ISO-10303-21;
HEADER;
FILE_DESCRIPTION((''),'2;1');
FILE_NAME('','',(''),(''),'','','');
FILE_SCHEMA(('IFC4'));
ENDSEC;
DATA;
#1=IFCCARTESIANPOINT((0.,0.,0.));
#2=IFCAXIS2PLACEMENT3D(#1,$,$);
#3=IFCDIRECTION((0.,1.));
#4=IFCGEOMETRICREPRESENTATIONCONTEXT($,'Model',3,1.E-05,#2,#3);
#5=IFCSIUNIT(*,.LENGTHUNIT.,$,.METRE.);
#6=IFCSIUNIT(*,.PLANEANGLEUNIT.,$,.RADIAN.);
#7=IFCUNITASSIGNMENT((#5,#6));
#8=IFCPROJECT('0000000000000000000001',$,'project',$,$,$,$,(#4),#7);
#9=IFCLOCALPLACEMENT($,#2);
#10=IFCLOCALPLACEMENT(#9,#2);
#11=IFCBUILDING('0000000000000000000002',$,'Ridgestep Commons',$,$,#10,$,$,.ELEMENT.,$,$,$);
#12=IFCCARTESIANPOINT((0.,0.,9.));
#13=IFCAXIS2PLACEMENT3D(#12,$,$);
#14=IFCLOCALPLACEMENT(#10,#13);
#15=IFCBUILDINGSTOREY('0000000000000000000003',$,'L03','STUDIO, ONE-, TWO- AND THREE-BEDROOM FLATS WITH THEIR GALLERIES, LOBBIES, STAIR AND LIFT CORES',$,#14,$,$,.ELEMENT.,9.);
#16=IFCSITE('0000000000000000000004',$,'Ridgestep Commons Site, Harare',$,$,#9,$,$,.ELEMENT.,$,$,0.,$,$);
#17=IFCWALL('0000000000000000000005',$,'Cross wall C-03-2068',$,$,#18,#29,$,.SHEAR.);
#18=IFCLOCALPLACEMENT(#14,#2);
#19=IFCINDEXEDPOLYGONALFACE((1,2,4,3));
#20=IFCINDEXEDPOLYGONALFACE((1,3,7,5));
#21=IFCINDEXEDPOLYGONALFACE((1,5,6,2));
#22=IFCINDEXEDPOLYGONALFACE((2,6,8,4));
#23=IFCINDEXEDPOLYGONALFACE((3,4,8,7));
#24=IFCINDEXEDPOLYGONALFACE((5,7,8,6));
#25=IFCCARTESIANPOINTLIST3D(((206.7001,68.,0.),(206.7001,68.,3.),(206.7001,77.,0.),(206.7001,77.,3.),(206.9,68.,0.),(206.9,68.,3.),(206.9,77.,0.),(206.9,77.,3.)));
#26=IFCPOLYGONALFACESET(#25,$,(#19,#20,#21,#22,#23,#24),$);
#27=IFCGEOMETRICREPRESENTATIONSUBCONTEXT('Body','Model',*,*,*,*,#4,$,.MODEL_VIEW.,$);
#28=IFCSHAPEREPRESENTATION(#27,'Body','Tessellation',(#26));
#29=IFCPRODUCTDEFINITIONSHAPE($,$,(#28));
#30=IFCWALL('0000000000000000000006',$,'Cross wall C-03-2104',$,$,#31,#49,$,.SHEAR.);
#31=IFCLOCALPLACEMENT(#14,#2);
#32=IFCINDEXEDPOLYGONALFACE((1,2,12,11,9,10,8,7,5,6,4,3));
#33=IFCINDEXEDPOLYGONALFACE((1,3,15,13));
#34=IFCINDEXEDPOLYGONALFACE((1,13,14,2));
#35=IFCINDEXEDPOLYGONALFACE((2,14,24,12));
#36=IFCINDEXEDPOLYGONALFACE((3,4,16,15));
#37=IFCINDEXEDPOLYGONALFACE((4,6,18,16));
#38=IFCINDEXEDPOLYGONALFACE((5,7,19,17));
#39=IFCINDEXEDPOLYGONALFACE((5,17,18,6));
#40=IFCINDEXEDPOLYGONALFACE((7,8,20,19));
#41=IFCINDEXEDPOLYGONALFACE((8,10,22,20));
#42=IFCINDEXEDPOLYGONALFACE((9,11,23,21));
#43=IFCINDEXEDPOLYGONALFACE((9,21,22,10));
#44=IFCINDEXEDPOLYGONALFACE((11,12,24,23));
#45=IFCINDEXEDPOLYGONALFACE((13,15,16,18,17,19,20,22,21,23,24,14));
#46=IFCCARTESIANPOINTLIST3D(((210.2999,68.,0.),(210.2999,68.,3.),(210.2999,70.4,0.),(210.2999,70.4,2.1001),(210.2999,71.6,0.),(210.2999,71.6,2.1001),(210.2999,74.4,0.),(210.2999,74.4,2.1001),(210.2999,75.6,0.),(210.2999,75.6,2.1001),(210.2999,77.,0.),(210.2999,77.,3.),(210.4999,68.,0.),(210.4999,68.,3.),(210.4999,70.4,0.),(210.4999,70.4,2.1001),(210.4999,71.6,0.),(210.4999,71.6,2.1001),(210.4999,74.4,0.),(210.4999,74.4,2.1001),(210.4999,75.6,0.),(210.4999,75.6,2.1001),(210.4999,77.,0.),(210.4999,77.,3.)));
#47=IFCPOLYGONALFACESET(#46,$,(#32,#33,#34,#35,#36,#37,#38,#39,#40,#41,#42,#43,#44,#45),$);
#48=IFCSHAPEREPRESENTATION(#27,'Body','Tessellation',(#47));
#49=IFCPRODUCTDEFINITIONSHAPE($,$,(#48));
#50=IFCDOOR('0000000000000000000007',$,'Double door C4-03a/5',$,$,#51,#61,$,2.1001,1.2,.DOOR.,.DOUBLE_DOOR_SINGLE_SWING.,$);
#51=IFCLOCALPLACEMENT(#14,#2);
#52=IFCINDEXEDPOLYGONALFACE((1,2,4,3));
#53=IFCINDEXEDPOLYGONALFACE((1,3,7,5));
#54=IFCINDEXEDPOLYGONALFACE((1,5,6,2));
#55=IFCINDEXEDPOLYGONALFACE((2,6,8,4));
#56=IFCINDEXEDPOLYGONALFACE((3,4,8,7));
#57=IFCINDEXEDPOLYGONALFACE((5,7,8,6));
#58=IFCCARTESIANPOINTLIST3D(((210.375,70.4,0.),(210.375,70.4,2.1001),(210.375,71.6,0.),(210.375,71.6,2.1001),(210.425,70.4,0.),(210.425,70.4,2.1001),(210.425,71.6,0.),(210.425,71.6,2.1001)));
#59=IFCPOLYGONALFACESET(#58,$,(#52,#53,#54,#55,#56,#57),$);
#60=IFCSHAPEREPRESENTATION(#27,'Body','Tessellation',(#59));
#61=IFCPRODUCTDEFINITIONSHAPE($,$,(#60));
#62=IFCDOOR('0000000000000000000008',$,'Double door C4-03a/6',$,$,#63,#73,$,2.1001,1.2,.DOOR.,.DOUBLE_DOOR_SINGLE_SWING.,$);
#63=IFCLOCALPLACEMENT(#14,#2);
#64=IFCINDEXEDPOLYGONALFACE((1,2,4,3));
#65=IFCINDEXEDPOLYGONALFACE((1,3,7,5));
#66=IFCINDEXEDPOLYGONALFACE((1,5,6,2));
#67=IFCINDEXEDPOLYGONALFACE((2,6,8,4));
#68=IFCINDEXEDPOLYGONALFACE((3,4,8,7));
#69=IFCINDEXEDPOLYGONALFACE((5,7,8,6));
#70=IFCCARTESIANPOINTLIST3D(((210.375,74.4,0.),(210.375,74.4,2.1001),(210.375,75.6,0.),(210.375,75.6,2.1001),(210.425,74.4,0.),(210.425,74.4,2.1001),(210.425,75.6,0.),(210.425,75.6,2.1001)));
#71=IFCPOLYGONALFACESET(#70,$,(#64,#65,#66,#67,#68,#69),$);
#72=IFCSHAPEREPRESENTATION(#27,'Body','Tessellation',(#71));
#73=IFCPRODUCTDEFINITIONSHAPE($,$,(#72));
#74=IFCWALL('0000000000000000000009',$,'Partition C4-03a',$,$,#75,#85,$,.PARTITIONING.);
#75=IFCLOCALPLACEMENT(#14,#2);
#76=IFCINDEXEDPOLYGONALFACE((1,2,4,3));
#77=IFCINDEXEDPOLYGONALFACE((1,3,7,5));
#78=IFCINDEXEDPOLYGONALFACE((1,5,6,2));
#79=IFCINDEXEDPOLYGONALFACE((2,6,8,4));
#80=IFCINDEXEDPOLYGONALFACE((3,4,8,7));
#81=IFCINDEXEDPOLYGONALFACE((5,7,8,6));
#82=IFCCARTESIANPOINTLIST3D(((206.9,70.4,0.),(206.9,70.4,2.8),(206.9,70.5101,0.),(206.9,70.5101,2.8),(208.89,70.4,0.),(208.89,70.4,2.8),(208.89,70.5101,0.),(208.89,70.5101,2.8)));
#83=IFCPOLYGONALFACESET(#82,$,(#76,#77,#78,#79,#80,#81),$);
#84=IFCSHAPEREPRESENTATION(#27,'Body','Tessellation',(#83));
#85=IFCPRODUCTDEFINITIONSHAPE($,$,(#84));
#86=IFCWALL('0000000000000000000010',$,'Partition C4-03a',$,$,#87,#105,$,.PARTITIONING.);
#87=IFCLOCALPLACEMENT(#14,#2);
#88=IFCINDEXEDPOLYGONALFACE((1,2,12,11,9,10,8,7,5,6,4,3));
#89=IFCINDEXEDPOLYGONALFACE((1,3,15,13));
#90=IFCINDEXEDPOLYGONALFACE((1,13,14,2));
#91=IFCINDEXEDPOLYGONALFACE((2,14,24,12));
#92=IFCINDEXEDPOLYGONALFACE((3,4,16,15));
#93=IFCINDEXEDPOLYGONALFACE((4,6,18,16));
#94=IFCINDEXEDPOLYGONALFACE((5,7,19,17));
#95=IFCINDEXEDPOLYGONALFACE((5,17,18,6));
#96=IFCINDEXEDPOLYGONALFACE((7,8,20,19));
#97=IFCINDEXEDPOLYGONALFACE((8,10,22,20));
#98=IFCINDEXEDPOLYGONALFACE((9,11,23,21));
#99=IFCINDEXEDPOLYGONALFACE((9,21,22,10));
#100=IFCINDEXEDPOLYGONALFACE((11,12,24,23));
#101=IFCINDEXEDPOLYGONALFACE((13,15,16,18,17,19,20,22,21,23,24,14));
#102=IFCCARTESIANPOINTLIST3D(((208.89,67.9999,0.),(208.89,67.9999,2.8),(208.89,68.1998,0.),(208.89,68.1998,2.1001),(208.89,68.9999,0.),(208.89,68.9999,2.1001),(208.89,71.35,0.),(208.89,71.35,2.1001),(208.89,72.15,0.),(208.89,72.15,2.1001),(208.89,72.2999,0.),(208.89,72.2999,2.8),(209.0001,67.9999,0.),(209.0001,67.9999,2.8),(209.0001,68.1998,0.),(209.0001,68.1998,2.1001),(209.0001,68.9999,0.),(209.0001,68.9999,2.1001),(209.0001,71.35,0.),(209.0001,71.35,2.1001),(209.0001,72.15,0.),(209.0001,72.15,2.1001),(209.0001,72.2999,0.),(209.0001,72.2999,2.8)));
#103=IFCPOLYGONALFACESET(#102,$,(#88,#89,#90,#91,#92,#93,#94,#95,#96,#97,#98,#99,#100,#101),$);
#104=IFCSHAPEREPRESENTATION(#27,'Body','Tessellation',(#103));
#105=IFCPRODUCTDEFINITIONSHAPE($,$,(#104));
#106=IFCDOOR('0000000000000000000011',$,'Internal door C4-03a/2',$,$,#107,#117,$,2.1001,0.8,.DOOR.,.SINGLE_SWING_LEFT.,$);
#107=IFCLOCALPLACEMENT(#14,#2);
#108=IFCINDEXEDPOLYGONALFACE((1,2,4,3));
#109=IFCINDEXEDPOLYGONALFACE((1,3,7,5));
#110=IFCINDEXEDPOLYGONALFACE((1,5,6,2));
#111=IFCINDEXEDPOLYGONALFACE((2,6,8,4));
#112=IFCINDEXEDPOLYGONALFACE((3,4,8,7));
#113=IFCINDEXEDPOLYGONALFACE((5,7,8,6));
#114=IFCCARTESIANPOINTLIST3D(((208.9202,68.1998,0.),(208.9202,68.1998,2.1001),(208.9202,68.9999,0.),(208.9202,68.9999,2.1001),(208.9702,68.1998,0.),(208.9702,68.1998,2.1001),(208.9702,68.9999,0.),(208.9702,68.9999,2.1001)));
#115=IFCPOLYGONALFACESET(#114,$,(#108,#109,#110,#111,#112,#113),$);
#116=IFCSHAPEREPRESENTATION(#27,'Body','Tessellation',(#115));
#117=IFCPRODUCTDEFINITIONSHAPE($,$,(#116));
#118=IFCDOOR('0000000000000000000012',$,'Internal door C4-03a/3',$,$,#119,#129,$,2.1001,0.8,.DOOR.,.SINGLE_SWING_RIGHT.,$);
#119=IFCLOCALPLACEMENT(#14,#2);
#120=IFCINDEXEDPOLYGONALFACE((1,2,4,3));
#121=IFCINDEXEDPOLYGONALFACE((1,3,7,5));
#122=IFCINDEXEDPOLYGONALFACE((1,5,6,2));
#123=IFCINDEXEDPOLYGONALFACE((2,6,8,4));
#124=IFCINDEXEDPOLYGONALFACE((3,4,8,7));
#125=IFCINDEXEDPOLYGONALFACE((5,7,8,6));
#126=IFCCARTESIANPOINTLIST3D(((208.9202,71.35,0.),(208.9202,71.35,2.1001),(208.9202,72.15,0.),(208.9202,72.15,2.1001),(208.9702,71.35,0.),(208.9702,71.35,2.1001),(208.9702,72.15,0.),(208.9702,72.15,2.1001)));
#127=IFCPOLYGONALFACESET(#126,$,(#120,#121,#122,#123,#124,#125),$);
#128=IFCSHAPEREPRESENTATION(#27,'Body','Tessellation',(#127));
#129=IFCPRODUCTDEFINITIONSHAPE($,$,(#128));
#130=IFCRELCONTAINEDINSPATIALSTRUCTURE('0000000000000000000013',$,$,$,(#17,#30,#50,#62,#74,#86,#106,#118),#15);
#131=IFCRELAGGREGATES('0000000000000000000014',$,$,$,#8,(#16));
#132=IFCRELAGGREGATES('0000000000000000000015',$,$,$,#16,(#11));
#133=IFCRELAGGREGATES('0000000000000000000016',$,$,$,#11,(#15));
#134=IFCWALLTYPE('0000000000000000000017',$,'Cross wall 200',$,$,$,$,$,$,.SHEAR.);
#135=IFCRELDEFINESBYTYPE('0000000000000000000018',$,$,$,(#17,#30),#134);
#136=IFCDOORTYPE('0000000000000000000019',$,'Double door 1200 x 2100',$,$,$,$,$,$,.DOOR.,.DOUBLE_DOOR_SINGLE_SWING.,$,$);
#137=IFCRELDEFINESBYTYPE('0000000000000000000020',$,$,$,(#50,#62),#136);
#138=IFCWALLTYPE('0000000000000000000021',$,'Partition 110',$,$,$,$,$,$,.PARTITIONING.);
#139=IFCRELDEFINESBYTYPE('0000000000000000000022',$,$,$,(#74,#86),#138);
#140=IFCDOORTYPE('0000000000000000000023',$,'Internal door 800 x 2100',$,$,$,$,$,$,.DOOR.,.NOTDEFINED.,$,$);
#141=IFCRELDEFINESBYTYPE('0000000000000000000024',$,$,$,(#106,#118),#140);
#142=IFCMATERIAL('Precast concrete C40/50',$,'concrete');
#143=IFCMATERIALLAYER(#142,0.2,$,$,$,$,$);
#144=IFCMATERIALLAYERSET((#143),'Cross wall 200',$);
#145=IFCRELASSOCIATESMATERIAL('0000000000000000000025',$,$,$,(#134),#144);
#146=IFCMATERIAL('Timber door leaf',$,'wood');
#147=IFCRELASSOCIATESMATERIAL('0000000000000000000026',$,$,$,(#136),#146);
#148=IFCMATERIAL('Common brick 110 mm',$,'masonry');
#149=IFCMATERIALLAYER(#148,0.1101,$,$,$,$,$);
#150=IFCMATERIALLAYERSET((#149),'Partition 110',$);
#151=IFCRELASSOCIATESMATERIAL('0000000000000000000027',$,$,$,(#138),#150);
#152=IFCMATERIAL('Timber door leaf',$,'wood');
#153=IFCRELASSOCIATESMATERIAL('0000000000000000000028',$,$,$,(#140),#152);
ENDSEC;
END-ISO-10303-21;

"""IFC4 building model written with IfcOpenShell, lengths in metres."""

from ifc_helpers import new_model, si_unit, direction, frame, frame_2d, origin, place, context, subcontext, project, spatial, rectangle, extrude, material, layer, layer_set, type_object, element, fill, save


model = new_model("IFC4")

# Units and contexts
model_context = context("Model", 3, precision=1e-05, world=origin(), true_north=direction((0.0, 1.0)))
body_context = subcontext(model_context, "Body", "Model", "MODEL_VIEW")
ifc_project = project(units=[si_unit("LENGTHUNIT", "METRE"), si_unit("PLANEANGLEUNIT", "RADIAN")], contexts=[model_context])

# Site, building, storey
site_placement = place(None, origin())
site = spatial("IfcSite", under=ifc_project, at=site_placement, Name="Ridgestep Commons Site, Harare", CompositionType="ELEMENT", RefElevation=0.0)
building_placement = place(site_placement, origin())
building = spatial("IfcBuilding", under=site, at=building_placement, Name="Ridgestep Commons", CompositionType="ELEMENT")
storey_placement = place(building_placement, frame((0.0, 0.0, 9.0)))
storey = spatial("IfcBuildingStorey", under=building, at=storey_placement, Name="L03", Description="STUDIO, ONE-, TWO- AND THREE-BEDROOM FLATS WITH THEIR GALLERIES, LOBBIES, STAIR AND LIFT CORES", CompositionType="ELEMENT", Elevation=9.0)

# Wall
ifc_material_1 = material(Name="Precast concrete C40/50", Category="concrete")
ifc_layer_1 = layer(ifc_material_1, 0.2)
ifc_layer_set_1 = layer_set([ifc_layer_1], Name="Cross wall 200")
wall_type_1 = type_object("IfcWallType", Name="Cross wall 200", PredefinedType="SHEAR", material=ifc_layer_set_1)
wall_1_placement = place(storey_placement, frame((206.8, 68.0, 0.0), z_axis=(0.0, 0.0, 1.0), x_axis=(0.0, 1.0, 0.0)))
element("IfcWall", 1, at=wall_1_placement, inside=storey, type_object=wall_type_1, Name="Cross wall C-03-2068", PredefinedType="SHEAR", context=body_context, shape_type="SweptSolid", body=[
    extrude(rectangle(XDim=9.0, YDim=0.2, at=frame_2d((4.5, 0.0))), origin(), (0.0, 0.0, 1.0), 3.0),
])

# Wall, openings, doors
wall_2_placement = place(storey_placement, frame((210.3999, 68.0, 0.0), z_axis=(0.0, 0.0, 1.0), x_axis=(0.0, 1.0, 0.0)))
wall_2 = element("IfcWall", 2, at=wall_2_placement, inside=storey, type_object=wall_type_1, Name="Cross wall C-03-2104", PredefinedType="SHEAR", context=body_context, shape_type="SweptSolid", body=[
    extrude(rectangle(XDim=9.0, YDim=0.2, at=frame_2d((4.5, 0.0))), origin(), (0.0, 0.0, 1.0), 3.0),
])
opening_1_placement = place(wall_2_placement, frame((2.3999, 0.0, 0.0)))
opening_1 = element("IfcOpeningElement", 3, at=opening_1_placement, cuts=wall_2, PredefinedType="OPENING", context=body_context, shape_type="SweptSolid", body=[
    extrude(rectangle(XDim=1.2, YDim=2.1001, at=frame_2d((0.6001, 1.05))), frame((0.0, 0.1099, 0.0), z_axis=(0.0, -1.0, 0.0), x_axis=(1.0, 0.0, 0.0)), (0.0, 0.0, 1.0), 0.22),
])
opening_2_placement = place(wall_2_placement, frame((6.3999, 0.0, 0.0)))
opening_2 = element("IfcOpeningElement", 4, at=opening_2_placement, cuts=wall_2, PredefinedType="OPENING", context=body_context, shape_type="SweptSolid", body=[
    extrude(rectangle(XDim=1.2, YDim=2.1001, at=frame_2d((0.6001, 1.05))), frame((0.0, 0.1099, 0.0), z_axis=(0.0, -1.0, 0.0), x_axis=(1.0, 0.0, 0.0)), (0.0, 0.0, 1.0), 0.22),
])
ifc_material_2 = material(Name="Timber door leaf", Category="wood")
door_type_1 = type_object("IfcDoorType", Name="Double door 1200 x 2100", OperationType="DOUBLE_DOOR_SINGLE_SWING", PredefinedType="DOOR", material=ifc_material_2)
door_1_placement = place(opening_1_placement, origin())
door_1 = element("IfcDoor", 5, at=door_1_placement, inside=storey, type_object=door_type_1, Name="Double door C4-03a/5", OperationType="DOUBLE_DOOR_SINGLE_SWING", OverallHeight=2.1001, OverallWidth=1.2, PredefinedType="DOOR", context=body_context, shape_type="SweptSolid", body=[
    extrude(rectangle(XDim=1.2, YDim=2.1001, at=frame_2d((0.6001, 1.05))), frame((0.0, 0.0249, 0.0), z_axis=(0.0, -1.0, 0.0), x_axis=(1.0, 0.0, 0.0)), (0.0, 0.0, 1.0), 0.05),
])
fill(opening_1, door_1)
door_2_placement = place(opening_2_placement, origin())
door_2 = element("IfcDoor", 6, at=door_2_placement, inside=storey, type_object=door_type_1, Name="Double door C4-03a/6", OperationType="DOUBLE_DOOR_SINGLE_SWING", OverallHeight=2.1001, OverallWidth=1.2, PredefinedType="DOOR", context=body_context, shape_type="SweptSolid", body=[
    extrude(rectangle(XDim=1.2, YDim=2.1001, at=frame_2d((0.6001, 1.05))), frame((0.0, 0.0249, 0.0), z_axis=(0.0, -1.0, 0.0), x_axis=(1.0, 0.0, 0.0)), (0.0, 0.0, 1.0), 0.05),
])
fill(opening_2, door_2)

# Wall
ifc_material_3 = material(Name="Common brick 110 mm", Category="masonry")
ifc_layer_2 = layer(ifc_material_3, 0.1101)
ifc_layer_set_2 = layer_set([ifc_layer_2], Name="Partition 110")
wall_type_2 = type_object("IfcWallType", Name="Partition 110", PredefinedType="PARTITIONING", material=ifc_layer_set_2)
wall_3_placement = place(storey_placement, frame((206.8999, 70.4551, 0.0), z_axis=(0.0, 0.0, 1.0), x_axis=(1.0, 0.0, 0.0)))
element("IfcWall", 7, at=wall_3_placement, inside=storey, type_object=wall_type_2, Name="Partition C4-03a", PredefinedType="PARTITIONING", context=body_context, shape_type="SweptSolid", body=[
    extrude(rectangle(XDim=1.99, YDim=0.1101, at=frame_2d((0.9951, 0.0))), origin(), (0.0, 0.0, 1.0), 2.8),
])

# Wall, openings, doors
wall_4_placement = place(storey_placement, frame((208.9451, 68.0, 0.0), z_axis=(0.0, 0.0, 1.0), x_axis=(0.0, 1.0, 0.0)))
wall_4 = element("IfcWall", 8, at=wall_4_placement, inside=storey, type_object=wall_type_2, Name="Partition C4-03a", PredefinedType="PARTITIONING", context=body_context, shape_type="SweptSolid", body=[
    extrude(rectangle(XDim=4.3, YDim=0.1101, at=frame_2d((2.1499, 0.0))), origin(), (0.0, 0.0, 1.0), 2.8),
])
opening_3_placement = place(wall_4_placement, frame((0.2, 0.0, 0.0)))
opening_3 = element("IfcOpeningElement", 9, at=opening_3_placement, cuts=wall_4, PredefinedType="OPENING", context=body_context, shape_type="SweptSolid", body=[
    extrude(rectangle(XDim=0.8, YDim=2.1001, at=frame_2d((0.3999, 1.05))), frame((0.0, 0.0649, 0.0), z_axis=(0.0, -1.0, 0.0), x_axis=(1.0, 0.0, 0.0)), (0.0, 0.0, 1.0), 0.1301),
])
opening_4_placement = place(wall_4_placement, frame((3.3501, 0.0, 0.0)))
opening_4 = element("IfcOpeningElement", 10, at=opening_4_placement, cuts=wall_4, PredefinedType="OPENING", context=body_context, shape_type="SweptSolid", body=[
    extrude(rectangle(XDim=0.8, YDim=2.1001, at=frame_2d((0.3999, 1.05))), frame((0.0, 0.0649, 0.0), z_axis=(0.0, -1.0, 0.0), x_axis=(1.0, 0.0, 0.0)), (0.0, 0.0, 1.0), 0.1301),
])
ifc_material_4 = material(Name="Timber door leaf", Category="wood")
door_type_2 = type_object("IfcDoorType", Name="Internal door 800 x 2100", OperationType="NOTDEFINED", PredefinedType="DOOR", material=ifc_material_4)
door_3_placement = place(opening_3_placement, origin())
door_3 = element("IfcDoor", 11, at=door_3_placement, inside=storey, type_object=door_type_2, Name="Internal door C4-03a/2", OperationType="SINGLE_SWING_LEFT", OverallHeight=2.1001, OverallWidth=0.8, PredefinedType="DOOR", context=body_context, shape_type="SweptSolid", body=[
    extrude(rectangle(XDim=0.8, YDim=2.1001, at=frame_2d((0.3999, 1.05))), frame((0.0, 0.0249, 0.0), z_axis=(0.0, -1.0, 0.0), x_axis=(1.0, 0.0, 0.0)), (0.0, 0.0, 1.0), 0.05),
])
fill(opening_3, door_3)
door_4_placement = place(opening_4_placement, origin())
door_4 = element("IfcDoor", 12, at=door_4_placement, inside=storey, type_object=door_type_2, Name="Internal door C4-03a/3", OperationType="SINGLE_SWING_RIGHT", OverallHeight=2.1001, OverallWidth=0.8, PredefinedType="DOOR", context=body_context, shape_type="SweptSolid", body=[
    extrude(rectangle(XDim=0.8, YDim=2.1001, at=frame_2d((0.3999, 1.05))), frame((0.0, 0.0249, 0.0), z_axis=(0.0, -1.0, 0.0), x_axis=(1.0, 0.0, 0.0)), (0.0, 0.0, 1.0), 0.05),
])
fill(opening_4, door_4)

save(model, "model.ifc")
